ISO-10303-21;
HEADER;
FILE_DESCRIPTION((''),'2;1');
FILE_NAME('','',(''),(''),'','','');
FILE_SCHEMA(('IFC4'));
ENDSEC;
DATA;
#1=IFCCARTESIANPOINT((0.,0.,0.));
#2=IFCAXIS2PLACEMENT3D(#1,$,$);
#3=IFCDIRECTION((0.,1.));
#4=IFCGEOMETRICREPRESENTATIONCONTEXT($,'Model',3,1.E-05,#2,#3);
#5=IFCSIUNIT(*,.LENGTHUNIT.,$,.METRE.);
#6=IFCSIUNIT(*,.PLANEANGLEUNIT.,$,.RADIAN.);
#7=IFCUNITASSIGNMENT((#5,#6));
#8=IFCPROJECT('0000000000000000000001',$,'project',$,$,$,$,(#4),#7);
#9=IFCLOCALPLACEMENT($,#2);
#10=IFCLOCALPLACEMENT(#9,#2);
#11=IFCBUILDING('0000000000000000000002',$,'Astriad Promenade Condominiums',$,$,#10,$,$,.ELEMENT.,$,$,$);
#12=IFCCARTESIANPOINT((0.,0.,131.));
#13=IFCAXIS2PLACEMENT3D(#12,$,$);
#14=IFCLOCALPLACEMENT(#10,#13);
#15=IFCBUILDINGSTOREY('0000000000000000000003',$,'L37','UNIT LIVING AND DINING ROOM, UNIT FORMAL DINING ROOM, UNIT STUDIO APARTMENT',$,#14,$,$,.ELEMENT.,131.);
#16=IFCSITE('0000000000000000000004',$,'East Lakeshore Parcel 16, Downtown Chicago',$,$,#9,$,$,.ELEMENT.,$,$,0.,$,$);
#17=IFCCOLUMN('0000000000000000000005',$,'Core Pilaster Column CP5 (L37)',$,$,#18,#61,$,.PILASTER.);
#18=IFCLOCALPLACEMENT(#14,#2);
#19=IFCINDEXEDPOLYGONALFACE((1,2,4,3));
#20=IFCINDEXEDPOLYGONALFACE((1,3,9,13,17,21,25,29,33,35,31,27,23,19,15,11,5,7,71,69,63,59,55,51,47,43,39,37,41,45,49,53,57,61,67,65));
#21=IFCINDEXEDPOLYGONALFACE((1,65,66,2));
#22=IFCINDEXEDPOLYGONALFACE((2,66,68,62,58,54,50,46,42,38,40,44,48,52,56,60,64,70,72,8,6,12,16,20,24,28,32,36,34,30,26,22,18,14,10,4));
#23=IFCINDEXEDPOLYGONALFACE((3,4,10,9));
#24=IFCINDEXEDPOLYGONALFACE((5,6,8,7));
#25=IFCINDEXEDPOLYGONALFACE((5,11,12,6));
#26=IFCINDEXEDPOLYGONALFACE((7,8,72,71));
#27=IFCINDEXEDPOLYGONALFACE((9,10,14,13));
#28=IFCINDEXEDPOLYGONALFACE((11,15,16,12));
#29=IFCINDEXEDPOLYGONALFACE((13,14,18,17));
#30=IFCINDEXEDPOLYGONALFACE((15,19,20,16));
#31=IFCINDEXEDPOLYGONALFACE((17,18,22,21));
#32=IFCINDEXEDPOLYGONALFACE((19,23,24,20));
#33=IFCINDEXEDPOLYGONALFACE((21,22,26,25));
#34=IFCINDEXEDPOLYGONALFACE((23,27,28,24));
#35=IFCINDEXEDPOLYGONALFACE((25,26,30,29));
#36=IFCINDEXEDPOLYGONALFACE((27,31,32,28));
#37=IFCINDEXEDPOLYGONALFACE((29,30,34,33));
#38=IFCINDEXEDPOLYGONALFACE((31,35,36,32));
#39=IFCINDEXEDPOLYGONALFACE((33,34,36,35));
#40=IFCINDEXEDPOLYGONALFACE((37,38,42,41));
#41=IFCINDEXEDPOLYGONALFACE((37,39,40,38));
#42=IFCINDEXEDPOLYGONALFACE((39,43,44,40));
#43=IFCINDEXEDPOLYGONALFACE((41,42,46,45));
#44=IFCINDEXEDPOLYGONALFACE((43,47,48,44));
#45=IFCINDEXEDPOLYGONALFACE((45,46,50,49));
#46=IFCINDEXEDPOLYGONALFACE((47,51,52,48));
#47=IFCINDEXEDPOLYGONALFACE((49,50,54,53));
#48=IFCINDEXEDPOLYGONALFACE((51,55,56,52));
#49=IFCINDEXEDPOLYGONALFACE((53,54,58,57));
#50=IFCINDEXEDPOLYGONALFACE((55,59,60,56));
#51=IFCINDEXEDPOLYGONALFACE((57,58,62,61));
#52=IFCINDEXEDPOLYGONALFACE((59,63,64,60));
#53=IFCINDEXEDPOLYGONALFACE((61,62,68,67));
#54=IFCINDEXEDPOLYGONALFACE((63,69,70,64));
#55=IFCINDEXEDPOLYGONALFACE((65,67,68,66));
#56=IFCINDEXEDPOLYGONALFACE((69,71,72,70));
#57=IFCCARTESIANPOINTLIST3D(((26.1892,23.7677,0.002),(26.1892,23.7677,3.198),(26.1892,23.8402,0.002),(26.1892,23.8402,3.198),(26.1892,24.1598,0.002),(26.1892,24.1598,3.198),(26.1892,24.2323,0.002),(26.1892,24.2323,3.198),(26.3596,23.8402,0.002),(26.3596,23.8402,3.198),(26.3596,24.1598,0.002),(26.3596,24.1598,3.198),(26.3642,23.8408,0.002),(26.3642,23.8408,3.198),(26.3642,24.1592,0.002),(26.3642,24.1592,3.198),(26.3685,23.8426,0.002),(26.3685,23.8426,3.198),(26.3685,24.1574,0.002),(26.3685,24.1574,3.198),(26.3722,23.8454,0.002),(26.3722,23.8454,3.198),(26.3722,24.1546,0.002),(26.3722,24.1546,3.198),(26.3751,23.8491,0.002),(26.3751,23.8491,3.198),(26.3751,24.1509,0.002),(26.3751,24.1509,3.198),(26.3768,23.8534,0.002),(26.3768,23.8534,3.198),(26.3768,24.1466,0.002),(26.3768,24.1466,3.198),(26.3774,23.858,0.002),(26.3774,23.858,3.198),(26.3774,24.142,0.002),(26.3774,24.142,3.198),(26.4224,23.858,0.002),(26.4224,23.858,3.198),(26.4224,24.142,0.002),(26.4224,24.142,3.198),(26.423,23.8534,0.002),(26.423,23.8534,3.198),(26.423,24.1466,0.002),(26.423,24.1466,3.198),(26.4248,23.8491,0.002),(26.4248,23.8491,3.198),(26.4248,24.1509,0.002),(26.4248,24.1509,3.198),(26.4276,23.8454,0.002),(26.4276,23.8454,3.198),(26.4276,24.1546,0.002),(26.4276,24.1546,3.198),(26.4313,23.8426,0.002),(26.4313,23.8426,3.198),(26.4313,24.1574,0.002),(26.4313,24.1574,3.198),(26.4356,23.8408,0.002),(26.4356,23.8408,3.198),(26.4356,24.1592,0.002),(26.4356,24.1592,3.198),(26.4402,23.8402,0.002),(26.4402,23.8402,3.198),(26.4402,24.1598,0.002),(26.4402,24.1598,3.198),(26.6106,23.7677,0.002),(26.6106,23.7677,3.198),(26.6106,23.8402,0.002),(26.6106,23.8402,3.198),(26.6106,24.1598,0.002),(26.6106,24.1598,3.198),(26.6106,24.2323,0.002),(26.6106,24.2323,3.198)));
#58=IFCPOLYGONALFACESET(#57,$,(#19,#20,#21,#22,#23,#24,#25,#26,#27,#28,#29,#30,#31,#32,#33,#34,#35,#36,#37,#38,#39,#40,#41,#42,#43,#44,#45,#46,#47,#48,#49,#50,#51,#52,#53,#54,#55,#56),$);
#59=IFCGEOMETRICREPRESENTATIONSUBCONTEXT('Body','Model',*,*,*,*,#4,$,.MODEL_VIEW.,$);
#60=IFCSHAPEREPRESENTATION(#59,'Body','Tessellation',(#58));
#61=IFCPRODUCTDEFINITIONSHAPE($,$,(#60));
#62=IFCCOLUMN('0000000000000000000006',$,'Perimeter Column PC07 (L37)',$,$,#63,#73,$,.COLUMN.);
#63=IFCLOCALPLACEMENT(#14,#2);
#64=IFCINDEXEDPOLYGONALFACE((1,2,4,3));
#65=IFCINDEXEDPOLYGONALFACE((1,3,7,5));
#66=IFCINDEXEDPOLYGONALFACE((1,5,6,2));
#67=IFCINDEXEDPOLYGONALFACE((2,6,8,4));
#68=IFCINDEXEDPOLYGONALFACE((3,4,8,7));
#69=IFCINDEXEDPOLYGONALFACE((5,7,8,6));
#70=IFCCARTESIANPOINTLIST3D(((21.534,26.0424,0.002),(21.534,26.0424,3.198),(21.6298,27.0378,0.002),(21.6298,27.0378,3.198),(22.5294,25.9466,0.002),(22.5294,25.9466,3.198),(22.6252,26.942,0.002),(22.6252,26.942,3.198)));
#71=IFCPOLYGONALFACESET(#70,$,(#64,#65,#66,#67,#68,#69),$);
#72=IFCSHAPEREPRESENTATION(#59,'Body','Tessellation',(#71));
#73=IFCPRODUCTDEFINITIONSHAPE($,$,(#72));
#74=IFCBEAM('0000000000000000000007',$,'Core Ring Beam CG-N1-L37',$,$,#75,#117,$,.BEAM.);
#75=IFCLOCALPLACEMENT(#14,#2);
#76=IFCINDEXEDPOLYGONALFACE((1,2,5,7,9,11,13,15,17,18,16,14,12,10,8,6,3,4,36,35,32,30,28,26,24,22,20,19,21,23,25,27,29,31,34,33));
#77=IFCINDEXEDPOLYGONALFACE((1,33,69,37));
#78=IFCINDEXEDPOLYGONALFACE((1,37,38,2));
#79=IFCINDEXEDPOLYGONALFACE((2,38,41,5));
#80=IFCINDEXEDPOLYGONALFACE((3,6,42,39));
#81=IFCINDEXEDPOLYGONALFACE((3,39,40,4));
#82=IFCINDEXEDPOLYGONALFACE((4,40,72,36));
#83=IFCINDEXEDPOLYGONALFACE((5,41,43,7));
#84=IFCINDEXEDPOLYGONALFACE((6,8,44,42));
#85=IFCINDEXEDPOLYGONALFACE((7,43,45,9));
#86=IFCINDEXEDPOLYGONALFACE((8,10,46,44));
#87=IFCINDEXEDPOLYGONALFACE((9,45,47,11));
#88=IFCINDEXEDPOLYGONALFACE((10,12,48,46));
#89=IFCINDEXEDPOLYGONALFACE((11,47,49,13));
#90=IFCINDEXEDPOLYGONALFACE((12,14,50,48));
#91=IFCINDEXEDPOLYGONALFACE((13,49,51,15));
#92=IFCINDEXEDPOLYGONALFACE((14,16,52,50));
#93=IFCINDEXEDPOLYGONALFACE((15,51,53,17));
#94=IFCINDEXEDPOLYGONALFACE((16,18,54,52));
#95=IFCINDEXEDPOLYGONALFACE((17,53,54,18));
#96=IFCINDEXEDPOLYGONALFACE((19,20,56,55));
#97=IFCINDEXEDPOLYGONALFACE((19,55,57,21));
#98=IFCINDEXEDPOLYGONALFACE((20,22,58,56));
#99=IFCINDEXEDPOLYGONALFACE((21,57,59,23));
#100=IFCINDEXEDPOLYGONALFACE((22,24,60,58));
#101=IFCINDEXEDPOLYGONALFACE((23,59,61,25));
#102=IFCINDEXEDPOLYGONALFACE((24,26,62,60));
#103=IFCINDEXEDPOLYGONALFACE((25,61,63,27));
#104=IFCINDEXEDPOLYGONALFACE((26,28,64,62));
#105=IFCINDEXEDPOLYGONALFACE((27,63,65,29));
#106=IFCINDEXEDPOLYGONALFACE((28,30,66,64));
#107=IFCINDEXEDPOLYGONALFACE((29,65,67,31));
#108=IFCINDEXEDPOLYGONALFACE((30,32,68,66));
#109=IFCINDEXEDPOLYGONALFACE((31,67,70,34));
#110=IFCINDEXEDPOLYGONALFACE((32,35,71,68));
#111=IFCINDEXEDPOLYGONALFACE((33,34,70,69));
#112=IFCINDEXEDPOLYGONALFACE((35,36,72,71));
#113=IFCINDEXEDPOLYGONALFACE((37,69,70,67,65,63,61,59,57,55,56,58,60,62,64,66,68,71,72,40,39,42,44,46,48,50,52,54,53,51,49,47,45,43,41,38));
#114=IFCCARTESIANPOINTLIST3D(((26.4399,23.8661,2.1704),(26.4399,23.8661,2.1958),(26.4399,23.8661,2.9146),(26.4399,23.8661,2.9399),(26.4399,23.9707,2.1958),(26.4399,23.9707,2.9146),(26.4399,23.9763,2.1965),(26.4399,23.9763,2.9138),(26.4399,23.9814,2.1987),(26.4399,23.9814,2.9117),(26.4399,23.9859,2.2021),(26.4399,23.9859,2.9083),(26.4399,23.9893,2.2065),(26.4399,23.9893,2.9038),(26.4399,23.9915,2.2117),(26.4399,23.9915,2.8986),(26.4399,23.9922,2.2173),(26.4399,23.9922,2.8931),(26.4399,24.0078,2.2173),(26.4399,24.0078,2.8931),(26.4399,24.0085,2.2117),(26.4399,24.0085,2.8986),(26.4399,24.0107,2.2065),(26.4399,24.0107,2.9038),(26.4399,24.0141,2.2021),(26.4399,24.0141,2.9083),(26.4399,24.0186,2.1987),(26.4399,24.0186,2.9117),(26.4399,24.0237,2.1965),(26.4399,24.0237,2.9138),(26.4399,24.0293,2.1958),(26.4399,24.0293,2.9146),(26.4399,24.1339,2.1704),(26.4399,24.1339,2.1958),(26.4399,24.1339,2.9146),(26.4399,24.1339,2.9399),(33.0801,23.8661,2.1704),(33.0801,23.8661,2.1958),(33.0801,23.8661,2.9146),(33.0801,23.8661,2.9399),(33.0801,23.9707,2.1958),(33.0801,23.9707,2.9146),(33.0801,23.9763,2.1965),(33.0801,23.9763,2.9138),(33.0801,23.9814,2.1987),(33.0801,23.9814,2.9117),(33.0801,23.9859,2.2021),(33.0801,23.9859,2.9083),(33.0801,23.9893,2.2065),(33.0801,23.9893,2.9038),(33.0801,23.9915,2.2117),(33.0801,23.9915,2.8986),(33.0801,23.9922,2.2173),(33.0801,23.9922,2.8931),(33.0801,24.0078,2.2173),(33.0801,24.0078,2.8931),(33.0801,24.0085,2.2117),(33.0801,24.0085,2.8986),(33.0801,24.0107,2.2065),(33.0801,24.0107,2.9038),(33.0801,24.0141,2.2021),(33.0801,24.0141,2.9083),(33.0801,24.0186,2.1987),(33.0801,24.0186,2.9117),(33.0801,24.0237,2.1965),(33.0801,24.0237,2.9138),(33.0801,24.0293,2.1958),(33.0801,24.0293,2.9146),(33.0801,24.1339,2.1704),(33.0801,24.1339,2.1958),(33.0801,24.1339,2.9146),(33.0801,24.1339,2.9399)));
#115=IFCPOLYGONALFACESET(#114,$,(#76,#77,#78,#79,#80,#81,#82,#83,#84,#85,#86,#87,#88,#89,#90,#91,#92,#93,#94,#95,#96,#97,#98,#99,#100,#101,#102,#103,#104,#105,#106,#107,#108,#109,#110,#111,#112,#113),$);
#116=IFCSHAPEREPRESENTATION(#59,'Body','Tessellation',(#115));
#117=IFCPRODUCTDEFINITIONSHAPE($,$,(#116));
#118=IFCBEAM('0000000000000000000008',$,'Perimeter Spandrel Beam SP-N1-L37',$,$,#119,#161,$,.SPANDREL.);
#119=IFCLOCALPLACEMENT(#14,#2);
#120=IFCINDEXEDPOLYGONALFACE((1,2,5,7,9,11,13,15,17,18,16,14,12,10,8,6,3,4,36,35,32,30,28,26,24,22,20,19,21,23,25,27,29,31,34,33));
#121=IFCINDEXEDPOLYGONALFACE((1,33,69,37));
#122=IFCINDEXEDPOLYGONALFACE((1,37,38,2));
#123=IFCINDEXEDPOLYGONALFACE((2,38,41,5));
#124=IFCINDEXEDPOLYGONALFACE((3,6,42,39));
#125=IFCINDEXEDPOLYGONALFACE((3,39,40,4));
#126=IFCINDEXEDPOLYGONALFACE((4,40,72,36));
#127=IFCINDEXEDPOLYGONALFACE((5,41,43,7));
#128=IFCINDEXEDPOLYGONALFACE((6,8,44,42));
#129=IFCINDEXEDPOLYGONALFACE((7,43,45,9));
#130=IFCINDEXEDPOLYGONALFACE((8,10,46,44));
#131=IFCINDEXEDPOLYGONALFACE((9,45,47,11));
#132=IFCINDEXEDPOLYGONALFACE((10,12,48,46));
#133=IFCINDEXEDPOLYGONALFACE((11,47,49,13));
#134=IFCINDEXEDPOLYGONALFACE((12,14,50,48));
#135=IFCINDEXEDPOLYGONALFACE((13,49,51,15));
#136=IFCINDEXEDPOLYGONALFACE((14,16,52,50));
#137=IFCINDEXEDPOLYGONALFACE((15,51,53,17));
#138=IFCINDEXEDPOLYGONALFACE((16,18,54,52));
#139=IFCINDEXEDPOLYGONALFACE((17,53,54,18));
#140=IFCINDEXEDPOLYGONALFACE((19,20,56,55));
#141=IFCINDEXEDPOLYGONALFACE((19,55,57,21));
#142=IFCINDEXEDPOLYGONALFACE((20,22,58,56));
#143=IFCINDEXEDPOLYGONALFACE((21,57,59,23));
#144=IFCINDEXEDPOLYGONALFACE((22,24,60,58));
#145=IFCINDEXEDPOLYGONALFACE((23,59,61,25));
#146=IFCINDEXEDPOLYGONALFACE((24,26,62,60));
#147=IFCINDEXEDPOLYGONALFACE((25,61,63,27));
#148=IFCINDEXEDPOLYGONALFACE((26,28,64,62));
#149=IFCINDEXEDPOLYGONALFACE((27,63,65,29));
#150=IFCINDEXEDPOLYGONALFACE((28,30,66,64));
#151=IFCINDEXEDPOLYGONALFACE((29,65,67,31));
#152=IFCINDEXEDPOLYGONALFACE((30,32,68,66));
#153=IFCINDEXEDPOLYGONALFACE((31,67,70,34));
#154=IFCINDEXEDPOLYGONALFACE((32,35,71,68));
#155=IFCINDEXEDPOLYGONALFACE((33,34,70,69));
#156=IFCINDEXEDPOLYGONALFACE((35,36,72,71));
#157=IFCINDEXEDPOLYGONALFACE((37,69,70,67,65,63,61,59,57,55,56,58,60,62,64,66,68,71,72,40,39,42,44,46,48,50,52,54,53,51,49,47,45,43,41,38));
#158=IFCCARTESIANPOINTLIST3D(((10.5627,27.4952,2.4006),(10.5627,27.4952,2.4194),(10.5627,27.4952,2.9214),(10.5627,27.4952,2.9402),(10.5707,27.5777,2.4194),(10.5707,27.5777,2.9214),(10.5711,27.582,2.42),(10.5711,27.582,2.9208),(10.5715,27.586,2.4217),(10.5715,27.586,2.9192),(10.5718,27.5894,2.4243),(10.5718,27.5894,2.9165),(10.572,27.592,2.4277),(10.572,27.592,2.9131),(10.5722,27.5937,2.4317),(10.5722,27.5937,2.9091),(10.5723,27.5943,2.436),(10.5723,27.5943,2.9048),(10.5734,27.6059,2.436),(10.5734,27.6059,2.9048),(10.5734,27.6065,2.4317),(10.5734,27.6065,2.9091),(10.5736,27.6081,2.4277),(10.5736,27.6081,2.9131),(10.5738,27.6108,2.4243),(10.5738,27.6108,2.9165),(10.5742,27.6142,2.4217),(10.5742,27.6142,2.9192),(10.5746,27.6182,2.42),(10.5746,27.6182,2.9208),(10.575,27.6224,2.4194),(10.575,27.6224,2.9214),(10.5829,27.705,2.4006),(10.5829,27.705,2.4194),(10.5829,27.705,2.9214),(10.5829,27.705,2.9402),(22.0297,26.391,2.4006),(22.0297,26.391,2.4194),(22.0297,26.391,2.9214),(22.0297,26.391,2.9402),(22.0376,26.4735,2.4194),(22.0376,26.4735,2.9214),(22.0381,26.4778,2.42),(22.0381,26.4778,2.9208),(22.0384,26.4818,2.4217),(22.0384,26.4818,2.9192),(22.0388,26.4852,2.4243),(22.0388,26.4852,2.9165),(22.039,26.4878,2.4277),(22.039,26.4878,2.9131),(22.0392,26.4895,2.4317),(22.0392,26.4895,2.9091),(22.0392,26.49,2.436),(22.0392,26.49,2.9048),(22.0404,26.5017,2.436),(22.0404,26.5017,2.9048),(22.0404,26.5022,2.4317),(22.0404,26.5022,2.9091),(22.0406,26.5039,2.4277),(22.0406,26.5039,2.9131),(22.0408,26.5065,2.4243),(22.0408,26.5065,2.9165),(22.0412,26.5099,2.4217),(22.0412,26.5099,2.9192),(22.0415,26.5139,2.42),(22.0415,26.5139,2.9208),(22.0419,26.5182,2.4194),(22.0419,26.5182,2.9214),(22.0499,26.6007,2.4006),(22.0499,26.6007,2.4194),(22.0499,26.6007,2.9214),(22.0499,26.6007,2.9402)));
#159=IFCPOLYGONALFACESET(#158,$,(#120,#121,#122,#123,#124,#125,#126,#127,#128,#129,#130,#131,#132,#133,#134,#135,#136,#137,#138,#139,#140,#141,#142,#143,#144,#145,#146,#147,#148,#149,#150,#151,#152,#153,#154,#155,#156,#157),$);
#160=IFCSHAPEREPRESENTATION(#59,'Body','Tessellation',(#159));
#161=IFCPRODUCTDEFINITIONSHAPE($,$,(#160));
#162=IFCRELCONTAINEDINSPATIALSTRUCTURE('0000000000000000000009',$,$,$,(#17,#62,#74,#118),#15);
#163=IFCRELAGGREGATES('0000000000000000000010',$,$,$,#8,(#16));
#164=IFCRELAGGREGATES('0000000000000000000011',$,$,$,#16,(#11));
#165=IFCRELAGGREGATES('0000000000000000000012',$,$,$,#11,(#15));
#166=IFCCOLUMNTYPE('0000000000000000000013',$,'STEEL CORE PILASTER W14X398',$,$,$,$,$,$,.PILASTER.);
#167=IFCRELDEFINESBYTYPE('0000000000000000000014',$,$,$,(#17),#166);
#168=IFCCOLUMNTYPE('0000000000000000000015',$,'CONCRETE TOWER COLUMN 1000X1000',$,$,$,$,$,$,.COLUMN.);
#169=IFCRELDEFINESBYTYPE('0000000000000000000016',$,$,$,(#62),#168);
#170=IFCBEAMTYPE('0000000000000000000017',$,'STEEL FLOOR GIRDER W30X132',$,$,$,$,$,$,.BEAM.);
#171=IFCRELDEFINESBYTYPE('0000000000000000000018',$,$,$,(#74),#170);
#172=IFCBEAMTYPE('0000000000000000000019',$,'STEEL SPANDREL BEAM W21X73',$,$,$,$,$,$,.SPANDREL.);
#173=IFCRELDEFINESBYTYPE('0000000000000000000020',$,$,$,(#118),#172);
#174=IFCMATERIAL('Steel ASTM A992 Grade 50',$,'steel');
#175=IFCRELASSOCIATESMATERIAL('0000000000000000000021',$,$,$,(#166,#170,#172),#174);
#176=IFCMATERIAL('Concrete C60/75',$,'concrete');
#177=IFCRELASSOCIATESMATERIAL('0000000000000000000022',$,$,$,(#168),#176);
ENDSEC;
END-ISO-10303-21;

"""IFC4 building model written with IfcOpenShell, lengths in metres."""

from ifc_helpers import new_model, si_unit, direction, frame, origin, origin_2d, place, context, subcontext, project, spatial, rectangle, i_section, extrude, source, transform, mapped, material, material_profile, profile_set, type_object, type_shapes, element, save


model = new_model("IFC4")

# Units and contexts
model_context = context("Model", 3, precision=1e-05, world=origin(), true_north=direction((0.0, 1.0)))
body_context = subcontext(model_context, "Body", "Model", "MODEL_VIEW")
ifc_project = project(units=[si_unit("LENGTHUNIT", "METRE"), si_unit("PLANEANGLEUNIT", "RADIAN")], contexts=[model_context])

# Site, building, storey
site_placement = place(None, origin())
site = spatial("IfcSite", under=ifc_project, at=site_placement, Name="East Lakeshore Parcel 16, Downtown Chicago", CompositionType="ELEMENT", RefElevation=0.0)
building_placement = place(site_placement, origin())
building = spatial("IfcBuilding", under=site, at=building_placement, Name="Astriad Promenade Condominiums", CompositionType="ELEMENT")
storey_placement = place(building_placement, frame((0.0, 0.0, 131.0)))
storey = spatial("IfcBuildingStorey", under=building, at=storey_placement, Name="L37", Description="UNIT LIVING AND DINING ROOM, UNIT FORMAL DINING ROOM, UNIT STUDIO APARTMENT", CompositionType="ELEMENT", Elevation=131.0)

# Columns
ifc_material_1 = material(Name="Steel ASTM A992 Grade 50", Category="steel")
ifc_material_profile_1 = material_profile(ifc_material_1, i_section(OverallWidth=0.4214, OverallDepth=0.4646, WebThickness=0.0449, FlangeThickness=0.0725, FilletRadius=0.0178, at=origin_2d()), Name="W14X398")
ifc_profile_set_1 = profile_set([ifc_material_profile_1], Name="Steel ASTM A992 Grade 50")
column_type_1 = type_object("IfcColumnType", Name="STEEL CORE PILASTER W14X398", PredefinedType="PILASTER", material=ifc_profile_set_1)
shared_shape_1 = source(origin(), body_context, "Body", "SweptSolid", [
    extrude(i_section(OverallWidth=0.4214, OverallDepth=0.4646, WebThickness=0.0449, FlangeThickness=0.0725, FilletRadius=0.0178, at=origin_2d()), origin(), (0.0, 0.0, 1.0), 3.196),
])
type_shapes(column_type_1, [shared_shape_1])
column_1_placement = place(storey_placement, frame((26.3999, 24.0, 0.002), z_axis=(0.0, 0.0, 1.0), x_axis=(1.0, 0.0, 0.0)))
element("IfcColumn", 1, at=column_1_placement, inside=storey, type_object=column_type_1, Name="Core Pilaster Column CP5 (L37)", PredefinedType="PILASTER", context=body_context, shape_type="MappedRepresentation", body=[
    mapped(shared_shape_1, transform((0.0, 0.0, 0.0), scale=1.0)),
])
ifc_material_2 = material(Name="Concrete C60/75", Category="concrete")
ifc_material_profile_2 = material_profile(ifc_material_2, rectangle(XDim=1.0, YDim=1.0, at=origin_2d()), Name="RC-COL-1000X1000")
ifc_profile_set_2 = profile_set([ifc_material_profile_2], Name="Concrete C60/75")
column_type_2 = type_object("IfcColumnType", Name="CONCRETE TOWER COLUMN 1000X1000", PredefinedType="COLUMN", material=ifc_profile_set_2)
shared_shape_2 = source(origin(), body_context, "Body", "SweptSolid", [
    extrude(rectangle(XDim=1.0, YDim=1.0, at=origin_2d()), origin(), (0.0, 0.0, 1.0), 3.196),
])
type_shapes(column_type_2, [shared_shape_2])
column_2_placement = place(storey_placement, frame((22.0796, 26.4922, 0.002), z_axis=(0.0, 0.0, 1.0), x_axis=(0.995396, -0.095846, 0.0)))
element("IfcColumn", 2, at=column_2_placement, inside=storey, type_object=column_type_2, Name="Perimeter Column PC07 (L37)", PredefinedType="COLUMN", context=body_context, shape_type="MappedRepresentation", body=[
    mapped(shared_shape_2, transform((0.0, 0.0, 0.0), scale=1.0)),
])

# Beams
ifc_material_profile_3 = material_profile(ifc_material_1, i_section(OverallWidth=0.2678, OverallDepth=0.7695, WebThickness=0.0156, FlangeThickness=0.0254, FilletRadius=0.0215, at=origin_2d()), Name="W30X132")
ifc_profile_set_3 = profile_set([ifc_material_profile_3], Name="Steel ASTM A992 Grade 50")
beam_type_1 = type_object("IfcBeamType", Name="STEEL FLOOR GIRDER W30X132", PredefinedType="BEAM", material=ifc_profile_set_3)
shared_shape_3 = source(origin(), body_context, "Body", "SweptSolid", [
    extrude(i_section(OverallWidth=0.2678, OverallDepth=0.7695, WebThickness=0.0156, FlangeThickness=0.0254, FilletRadius=0.0215, at=origin_2d()), origin(), (0.0, 0.0, 1.0), 6.6401),
])
type_shapes(beam_type_1, [shared_shape_3])
beam_1_placement = place(storey_placement, frame((26.4399, 24.0, 2.5552), z_axis=(1.0, 0.0, 0.0), x_axis=(0.0, 1.0, 0.0)))
element("IfcBeam", 3, at=beam_1_placement, inside=storey, type_object=beam_type_1, Name="Core Ring Beam CG-N1-L37", PredefinedType="BEAM", context=body_context, shape_type="MappedRepresentation", body=[
    mapped(shared_shape_3, transform((0.0, 0.0, 0.0), scale=1.0)),
])
ifc_material_profile_4 = material_profile(ifc_material_1, i_section(OverallWidth=0.2107, OverallDepth=0.5396, WebThickness=0.0117, FlangeThickness=0.0188, FilletRadius=0.0166, at=origin_2d()), Name="W21X73")
ifc_profile_set_4 = profile_set([ifc_material_profile_4], Name="Steel ASTM A992 Grade 50")
beam_type_2 = type_object("IfcBeamType", Name="STEEL SPANDREL BEAM W21X73", PredefinedType="SPANDREL", material=ifc_profile_set_4)
shared_shape_4 = source(origin(), body_context, "Body", "SweptSolid", [
    extrude(i_section(OverallWidth=0.2107, OverallDepth=0.5396, WebThickness=0.0117, FlangeThickness=0.0188, FilletRadius=0.0166, at=origin_2d()), origin(), (0.0, 0.0, 1.0), 11.52),
])
type_shapes(beam_type_2, [shared_shape_4])
beam_2_placement = place(storey_placement, frame((22.0398, 26.4958, 2.6704), z_axis=(-0.995395, 0.095854, 0.0), x_axis=(-0.095854, -0.995395, 0.0)))
element("IfcBeam", 4, at=beam_2_placement, inside=storey, type_object=beam_type_2, Name="Perimeter Spandrel Beam SP-N1-L37", PredefinedType="SPANDREL", context=body_context, shape_type="MappedRepresentation", body=[
    mapped(shared_shape_4, transform((0.0, 0.0, 0.0), scale=1.0)),
])

save(model, "model.ifc")
